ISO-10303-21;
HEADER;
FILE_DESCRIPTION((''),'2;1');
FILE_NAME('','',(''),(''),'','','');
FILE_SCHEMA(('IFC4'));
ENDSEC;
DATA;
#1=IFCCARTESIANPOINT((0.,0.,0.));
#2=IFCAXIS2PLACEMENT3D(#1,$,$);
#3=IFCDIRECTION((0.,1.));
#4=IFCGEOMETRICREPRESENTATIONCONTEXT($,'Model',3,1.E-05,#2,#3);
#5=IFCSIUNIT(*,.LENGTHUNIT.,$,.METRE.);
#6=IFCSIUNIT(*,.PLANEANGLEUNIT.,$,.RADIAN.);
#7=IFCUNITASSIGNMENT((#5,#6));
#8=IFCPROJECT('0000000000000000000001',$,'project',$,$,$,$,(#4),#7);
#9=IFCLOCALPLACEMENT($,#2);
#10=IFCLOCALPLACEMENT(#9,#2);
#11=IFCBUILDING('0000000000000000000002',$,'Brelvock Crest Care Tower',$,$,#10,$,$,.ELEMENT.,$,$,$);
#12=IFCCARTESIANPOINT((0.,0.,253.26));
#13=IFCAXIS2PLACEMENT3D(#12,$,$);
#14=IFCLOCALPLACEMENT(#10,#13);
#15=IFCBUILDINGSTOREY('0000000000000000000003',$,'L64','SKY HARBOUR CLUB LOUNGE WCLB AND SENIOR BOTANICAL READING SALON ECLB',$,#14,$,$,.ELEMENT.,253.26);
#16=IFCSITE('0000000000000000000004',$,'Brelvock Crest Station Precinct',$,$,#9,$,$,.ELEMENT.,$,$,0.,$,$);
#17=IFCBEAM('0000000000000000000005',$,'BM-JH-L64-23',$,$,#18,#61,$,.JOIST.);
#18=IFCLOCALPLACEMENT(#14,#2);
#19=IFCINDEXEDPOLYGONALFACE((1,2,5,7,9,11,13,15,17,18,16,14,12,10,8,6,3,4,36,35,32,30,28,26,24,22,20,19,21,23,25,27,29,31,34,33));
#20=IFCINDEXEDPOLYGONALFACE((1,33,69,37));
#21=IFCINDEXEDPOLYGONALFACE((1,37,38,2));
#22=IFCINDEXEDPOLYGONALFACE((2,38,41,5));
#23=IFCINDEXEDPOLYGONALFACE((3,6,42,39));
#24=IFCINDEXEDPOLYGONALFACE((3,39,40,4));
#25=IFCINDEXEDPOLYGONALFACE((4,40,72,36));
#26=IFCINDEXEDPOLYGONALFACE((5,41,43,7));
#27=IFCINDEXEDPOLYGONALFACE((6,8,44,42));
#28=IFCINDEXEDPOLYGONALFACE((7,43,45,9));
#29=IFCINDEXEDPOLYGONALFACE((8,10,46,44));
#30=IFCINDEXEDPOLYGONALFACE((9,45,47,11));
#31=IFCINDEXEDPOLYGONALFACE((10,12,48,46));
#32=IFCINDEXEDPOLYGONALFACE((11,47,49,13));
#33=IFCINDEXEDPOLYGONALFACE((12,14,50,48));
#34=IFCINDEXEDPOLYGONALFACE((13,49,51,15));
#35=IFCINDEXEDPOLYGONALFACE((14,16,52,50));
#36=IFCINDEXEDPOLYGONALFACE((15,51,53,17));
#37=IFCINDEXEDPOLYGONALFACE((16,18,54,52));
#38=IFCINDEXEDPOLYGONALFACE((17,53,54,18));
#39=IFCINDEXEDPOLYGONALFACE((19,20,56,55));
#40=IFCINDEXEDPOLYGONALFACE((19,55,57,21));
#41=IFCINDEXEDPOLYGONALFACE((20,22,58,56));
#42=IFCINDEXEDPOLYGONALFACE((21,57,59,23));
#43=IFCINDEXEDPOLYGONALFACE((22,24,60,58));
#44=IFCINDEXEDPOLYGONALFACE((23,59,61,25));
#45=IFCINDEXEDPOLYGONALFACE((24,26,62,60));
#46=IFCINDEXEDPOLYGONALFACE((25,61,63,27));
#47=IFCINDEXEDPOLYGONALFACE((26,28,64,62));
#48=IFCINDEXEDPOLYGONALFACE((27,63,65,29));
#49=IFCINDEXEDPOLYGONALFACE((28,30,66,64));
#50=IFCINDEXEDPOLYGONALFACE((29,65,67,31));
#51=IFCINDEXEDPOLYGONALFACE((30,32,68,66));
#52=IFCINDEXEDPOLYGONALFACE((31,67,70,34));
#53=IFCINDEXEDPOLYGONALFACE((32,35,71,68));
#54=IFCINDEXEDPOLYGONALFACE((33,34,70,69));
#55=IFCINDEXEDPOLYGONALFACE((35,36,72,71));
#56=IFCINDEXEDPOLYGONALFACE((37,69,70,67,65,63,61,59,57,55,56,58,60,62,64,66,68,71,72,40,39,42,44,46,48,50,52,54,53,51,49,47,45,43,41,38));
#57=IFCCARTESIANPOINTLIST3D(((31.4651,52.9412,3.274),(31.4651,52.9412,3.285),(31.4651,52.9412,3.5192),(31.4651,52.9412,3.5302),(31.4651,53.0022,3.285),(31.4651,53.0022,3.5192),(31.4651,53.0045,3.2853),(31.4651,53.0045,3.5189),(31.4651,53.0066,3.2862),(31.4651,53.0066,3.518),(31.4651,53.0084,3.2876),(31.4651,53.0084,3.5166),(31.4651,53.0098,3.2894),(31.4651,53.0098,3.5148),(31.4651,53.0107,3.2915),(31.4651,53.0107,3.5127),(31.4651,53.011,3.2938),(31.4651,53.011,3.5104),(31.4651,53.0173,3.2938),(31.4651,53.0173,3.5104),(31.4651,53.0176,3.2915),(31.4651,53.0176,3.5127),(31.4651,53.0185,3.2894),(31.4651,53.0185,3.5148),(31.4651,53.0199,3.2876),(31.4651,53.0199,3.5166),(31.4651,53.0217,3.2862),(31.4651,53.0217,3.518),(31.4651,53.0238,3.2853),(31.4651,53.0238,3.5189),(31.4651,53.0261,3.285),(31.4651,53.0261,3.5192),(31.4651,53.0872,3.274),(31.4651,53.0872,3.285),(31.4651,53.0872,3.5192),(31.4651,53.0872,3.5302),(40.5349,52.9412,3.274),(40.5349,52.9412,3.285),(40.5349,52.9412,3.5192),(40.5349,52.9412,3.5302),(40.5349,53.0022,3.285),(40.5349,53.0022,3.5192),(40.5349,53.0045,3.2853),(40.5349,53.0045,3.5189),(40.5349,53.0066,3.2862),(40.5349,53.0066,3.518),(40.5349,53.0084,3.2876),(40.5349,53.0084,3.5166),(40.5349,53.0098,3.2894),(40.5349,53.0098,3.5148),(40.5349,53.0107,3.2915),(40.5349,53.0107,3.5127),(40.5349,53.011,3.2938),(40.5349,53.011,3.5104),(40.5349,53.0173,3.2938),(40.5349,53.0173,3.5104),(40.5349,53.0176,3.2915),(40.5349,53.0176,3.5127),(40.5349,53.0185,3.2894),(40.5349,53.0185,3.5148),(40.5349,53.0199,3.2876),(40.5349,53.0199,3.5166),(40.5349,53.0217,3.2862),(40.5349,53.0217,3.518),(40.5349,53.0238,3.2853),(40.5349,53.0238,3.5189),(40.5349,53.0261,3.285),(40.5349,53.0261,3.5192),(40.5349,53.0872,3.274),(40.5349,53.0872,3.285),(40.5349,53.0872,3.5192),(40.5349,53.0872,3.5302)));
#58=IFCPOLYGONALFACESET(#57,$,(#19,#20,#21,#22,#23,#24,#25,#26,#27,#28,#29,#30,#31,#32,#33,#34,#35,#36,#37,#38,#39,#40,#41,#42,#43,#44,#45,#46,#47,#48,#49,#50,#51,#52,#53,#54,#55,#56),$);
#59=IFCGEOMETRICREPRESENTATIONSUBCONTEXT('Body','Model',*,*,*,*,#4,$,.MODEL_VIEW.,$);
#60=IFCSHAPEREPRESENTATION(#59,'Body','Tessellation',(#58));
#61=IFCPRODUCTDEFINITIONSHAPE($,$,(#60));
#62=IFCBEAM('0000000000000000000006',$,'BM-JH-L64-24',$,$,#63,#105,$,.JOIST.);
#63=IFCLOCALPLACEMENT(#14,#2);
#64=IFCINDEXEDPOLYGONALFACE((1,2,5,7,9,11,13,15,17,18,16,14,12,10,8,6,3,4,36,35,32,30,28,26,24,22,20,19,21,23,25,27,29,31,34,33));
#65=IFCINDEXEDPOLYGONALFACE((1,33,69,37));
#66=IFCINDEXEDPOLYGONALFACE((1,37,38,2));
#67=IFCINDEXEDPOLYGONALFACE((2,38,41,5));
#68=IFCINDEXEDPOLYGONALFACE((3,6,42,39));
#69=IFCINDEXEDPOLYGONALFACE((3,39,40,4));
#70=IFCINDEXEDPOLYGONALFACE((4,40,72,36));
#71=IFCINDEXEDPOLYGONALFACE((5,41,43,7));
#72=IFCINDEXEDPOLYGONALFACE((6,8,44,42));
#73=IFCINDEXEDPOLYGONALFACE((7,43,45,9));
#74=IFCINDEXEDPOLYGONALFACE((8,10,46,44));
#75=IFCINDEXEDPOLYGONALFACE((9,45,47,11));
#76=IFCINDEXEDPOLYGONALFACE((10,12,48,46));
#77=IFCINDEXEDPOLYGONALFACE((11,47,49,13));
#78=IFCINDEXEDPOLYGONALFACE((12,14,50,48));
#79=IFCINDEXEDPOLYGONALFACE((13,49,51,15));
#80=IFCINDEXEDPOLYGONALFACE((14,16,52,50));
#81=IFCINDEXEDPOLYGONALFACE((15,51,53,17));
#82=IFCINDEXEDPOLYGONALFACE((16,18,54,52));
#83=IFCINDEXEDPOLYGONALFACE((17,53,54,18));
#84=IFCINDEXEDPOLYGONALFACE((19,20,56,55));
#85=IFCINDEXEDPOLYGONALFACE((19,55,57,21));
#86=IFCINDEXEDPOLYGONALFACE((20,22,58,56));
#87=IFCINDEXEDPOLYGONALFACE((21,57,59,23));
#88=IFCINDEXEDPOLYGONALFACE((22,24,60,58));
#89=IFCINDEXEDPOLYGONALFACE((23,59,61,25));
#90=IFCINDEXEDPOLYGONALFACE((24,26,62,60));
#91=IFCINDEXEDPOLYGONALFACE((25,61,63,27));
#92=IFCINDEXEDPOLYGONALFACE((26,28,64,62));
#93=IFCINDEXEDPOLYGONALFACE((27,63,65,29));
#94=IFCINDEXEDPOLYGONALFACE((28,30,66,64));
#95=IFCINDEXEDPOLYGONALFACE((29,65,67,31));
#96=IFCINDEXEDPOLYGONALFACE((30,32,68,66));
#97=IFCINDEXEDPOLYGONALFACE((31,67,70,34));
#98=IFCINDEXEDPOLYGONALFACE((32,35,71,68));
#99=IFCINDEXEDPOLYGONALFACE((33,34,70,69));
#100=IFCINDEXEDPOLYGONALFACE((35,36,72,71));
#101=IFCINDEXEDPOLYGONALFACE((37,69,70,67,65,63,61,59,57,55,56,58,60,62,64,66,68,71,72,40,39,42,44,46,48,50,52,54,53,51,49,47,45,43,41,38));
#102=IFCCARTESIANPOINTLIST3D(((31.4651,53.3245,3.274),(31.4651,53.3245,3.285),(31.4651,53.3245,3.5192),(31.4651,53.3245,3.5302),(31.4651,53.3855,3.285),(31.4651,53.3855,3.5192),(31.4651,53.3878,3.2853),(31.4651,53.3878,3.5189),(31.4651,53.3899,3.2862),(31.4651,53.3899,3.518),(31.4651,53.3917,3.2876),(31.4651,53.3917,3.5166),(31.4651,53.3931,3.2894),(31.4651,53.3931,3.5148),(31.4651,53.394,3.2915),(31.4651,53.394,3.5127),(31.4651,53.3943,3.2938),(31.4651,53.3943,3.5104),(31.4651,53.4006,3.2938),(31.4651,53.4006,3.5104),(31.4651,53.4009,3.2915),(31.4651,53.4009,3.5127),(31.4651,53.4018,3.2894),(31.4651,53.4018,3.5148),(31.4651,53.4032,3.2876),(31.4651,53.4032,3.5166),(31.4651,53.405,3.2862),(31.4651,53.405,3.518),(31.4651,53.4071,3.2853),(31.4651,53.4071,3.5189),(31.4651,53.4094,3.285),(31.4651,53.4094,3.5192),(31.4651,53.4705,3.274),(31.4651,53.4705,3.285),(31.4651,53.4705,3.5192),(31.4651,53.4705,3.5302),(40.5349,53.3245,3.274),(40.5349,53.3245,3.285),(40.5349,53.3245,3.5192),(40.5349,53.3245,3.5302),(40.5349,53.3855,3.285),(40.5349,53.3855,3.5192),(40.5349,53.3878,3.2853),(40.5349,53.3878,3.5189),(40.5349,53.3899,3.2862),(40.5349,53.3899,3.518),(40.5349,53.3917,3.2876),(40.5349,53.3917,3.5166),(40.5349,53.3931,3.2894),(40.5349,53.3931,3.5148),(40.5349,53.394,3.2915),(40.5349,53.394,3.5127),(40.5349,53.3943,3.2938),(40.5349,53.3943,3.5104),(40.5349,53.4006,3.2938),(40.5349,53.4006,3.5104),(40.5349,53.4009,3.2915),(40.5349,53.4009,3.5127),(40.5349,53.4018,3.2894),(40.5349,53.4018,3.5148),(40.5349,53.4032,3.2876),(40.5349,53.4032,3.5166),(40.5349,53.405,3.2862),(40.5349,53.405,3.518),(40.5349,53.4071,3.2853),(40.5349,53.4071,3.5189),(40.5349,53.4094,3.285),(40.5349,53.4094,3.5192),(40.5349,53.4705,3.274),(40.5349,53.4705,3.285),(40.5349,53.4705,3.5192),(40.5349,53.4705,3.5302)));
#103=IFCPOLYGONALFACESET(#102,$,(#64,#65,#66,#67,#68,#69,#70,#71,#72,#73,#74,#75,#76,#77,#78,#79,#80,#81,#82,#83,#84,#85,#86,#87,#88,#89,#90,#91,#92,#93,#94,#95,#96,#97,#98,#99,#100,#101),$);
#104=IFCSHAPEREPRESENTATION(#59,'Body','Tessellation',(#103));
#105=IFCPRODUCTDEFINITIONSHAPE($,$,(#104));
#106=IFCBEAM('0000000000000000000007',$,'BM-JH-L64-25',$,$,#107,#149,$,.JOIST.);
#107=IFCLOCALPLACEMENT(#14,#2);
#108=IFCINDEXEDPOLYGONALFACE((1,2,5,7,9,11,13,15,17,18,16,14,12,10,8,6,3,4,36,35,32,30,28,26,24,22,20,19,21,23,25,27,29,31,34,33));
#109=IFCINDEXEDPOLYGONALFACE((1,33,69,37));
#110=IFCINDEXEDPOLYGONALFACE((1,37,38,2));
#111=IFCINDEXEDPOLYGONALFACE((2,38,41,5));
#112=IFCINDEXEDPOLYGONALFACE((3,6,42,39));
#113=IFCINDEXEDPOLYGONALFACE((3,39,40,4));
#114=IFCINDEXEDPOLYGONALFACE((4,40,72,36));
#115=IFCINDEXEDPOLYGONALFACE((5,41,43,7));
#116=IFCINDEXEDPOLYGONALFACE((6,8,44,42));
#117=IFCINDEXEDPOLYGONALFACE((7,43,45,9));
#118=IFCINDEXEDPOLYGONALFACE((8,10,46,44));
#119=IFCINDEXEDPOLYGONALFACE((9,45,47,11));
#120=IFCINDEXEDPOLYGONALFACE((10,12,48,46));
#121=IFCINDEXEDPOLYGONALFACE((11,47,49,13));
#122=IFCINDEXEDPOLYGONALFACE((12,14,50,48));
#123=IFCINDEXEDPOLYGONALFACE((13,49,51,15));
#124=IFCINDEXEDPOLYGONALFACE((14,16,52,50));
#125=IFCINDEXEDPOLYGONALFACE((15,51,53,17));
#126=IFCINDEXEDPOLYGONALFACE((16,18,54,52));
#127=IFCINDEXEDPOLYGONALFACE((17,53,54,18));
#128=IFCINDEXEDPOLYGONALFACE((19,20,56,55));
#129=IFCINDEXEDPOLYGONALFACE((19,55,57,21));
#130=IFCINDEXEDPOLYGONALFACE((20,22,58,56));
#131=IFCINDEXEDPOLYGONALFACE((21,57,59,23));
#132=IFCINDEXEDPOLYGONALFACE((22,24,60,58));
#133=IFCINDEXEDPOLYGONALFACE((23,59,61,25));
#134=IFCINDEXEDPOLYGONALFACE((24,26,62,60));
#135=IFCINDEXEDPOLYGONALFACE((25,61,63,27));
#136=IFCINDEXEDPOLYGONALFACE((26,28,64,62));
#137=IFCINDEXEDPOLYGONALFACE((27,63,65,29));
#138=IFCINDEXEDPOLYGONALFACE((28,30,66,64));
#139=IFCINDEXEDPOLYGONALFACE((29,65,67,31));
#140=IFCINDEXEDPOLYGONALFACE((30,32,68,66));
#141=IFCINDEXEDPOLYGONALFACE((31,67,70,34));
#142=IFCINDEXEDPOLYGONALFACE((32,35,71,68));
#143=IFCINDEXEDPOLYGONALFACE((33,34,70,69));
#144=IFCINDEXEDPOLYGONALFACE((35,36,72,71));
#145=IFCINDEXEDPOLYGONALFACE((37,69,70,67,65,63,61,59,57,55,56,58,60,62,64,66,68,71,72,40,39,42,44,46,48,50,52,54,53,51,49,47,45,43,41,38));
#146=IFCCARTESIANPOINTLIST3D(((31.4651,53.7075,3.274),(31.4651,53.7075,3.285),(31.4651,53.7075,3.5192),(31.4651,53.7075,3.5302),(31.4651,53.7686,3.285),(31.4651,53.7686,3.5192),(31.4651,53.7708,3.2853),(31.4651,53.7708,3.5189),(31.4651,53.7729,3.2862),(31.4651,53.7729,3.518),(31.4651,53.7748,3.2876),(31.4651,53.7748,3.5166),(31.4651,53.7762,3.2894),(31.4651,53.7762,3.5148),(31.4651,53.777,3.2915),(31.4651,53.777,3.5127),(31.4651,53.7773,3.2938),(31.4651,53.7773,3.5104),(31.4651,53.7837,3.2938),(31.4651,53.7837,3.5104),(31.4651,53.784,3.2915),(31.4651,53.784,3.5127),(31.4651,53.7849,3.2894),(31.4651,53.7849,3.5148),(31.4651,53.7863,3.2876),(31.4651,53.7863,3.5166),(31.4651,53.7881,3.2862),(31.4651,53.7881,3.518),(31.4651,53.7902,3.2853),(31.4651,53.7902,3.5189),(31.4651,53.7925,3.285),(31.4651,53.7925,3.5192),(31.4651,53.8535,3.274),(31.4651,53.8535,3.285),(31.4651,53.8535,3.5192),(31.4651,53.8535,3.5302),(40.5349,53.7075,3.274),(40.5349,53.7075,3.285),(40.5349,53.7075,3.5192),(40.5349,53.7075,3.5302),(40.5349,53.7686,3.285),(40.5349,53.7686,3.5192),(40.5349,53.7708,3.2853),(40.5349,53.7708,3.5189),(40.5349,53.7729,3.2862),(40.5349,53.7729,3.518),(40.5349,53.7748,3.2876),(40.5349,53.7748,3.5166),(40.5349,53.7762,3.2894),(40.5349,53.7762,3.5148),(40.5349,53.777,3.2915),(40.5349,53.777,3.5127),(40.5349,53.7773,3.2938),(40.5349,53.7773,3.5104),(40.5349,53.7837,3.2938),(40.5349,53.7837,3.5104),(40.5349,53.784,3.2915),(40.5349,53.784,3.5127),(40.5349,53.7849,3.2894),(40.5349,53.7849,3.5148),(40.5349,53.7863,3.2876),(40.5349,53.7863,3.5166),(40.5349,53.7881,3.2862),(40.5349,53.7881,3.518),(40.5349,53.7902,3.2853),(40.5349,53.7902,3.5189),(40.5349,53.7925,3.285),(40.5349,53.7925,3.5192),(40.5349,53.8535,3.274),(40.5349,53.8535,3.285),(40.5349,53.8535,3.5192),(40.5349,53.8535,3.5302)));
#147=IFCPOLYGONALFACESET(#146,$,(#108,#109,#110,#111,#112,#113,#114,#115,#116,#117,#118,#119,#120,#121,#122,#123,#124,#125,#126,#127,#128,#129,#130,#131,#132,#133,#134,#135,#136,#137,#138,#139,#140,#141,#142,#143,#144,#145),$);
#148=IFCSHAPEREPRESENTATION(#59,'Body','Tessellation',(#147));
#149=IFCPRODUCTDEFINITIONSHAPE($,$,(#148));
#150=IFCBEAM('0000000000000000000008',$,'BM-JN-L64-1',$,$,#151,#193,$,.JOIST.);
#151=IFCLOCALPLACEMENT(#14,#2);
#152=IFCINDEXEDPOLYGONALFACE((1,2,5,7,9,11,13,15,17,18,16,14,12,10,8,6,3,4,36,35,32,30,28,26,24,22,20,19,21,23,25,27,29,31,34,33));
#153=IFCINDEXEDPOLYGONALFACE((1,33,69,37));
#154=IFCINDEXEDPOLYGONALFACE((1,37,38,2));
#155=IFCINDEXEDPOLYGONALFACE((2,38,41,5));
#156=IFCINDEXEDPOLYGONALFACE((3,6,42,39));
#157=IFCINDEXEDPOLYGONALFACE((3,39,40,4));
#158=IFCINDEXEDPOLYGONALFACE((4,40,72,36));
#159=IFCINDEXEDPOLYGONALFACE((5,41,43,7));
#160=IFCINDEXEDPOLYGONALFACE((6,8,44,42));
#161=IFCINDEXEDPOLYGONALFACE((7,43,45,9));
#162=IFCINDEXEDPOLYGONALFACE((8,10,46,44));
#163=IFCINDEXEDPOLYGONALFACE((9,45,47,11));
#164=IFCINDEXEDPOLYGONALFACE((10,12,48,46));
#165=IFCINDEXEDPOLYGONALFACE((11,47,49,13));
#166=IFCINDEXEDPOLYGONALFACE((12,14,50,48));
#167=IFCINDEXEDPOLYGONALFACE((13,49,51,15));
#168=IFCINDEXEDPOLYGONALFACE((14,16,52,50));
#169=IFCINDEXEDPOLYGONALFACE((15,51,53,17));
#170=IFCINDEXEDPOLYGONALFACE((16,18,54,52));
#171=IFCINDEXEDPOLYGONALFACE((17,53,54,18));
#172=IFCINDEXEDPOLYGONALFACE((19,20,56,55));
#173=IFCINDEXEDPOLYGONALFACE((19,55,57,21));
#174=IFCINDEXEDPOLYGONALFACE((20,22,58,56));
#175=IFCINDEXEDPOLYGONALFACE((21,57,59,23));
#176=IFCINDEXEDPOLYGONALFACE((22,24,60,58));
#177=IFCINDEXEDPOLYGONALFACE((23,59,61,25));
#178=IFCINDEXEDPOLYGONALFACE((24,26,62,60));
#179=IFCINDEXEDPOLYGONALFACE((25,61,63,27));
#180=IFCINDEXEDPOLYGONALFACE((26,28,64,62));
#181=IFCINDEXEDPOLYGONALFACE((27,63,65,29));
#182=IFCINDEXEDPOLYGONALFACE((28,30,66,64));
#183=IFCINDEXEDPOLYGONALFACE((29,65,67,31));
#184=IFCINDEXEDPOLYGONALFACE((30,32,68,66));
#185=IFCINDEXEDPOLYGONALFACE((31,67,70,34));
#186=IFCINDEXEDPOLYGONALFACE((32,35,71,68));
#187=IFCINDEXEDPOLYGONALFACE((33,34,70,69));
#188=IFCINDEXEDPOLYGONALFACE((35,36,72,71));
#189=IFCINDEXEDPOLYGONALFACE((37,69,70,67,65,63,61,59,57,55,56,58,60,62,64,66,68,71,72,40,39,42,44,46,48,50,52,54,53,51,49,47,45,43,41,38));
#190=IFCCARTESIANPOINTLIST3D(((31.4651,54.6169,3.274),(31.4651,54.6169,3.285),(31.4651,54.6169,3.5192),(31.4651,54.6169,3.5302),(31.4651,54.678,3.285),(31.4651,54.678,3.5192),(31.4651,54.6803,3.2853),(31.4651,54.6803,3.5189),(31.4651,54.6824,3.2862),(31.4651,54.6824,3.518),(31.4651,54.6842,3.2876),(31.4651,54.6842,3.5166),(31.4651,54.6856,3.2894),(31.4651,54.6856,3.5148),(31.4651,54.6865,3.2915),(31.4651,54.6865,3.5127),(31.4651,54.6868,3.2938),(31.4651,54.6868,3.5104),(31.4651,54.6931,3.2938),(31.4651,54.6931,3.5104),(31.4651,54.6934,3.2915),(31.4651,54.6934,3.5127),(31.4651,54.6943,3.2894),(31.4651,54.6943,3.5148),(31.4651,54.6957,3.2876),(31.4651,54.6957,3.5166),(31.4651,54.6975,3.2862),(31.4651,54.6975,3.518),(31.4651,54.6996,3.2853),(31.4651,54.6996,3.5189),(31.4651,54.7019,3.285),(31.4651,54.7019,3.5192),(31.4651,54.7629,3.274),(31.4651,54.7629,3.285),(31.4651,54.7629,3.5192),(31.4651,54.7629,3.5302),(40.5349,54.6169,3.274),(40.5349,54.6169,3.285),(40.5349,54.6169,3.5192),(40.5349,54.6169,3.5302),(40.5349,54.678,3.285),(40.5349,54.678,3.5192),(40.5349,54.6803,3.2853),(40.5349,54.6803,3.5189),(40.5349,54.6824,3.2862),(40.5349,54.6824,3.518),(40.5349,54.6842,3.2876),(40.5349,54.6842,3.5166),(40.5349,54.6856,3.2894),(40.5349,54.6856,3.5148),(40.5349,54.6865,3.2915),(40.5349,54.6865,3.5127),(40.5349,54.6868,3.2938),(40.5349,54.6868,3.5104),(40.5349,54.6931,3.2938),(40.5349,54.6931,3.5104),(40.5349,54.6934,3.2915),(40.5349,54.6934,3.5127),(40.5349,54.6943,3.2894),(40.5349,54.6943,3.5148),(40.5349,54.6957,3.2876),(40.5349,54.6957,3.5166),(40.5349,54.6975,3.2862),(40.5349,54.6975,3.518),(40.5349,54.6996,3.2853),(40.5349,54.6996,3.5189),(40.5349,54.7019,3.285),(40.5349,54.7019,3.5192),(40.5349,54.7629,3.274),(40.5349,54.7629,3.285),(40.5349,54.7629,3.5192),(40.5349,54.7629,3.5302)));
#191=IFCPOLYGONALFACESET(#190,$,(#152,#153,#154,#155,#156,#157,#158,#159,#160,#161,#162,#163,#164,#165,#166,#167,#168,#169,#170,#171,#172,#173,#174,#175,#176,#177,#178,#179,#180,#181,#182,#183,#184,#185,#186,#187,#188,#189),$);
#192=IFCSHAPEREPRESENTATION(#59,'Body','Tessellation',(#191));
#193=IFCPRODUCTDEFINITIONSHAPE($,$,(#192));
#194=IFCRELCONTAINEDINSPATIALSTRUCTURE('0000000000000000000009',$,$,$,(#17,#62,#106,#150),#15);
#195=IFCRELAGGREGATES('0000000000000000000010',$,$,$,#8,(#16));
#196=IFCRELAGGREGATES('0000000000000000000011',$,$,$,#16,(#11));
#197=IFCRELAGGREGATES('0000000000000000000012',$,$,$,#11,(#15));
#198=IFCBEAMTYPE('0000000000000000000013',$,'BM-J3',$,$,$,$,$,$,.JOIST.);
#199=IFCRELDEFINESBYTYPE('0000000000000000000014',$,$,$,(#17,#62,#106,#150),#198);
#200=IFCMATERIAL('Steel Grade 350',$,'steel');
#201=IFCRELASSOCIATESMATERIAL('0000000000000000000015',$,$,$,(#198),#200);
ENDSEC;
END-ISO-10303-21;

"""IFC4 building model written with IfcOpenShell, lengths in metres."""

from ifc_helpers import new_model, si_unit, direction, frame, origin, origin_2d, place, context, subcontext, project, spatial, i_section, extrude, source, transform, mapped, material, material_profile, profile_set, type_object, element, save


model = new_model("IFC4")

# Units and contexts
model_context = context("Model", 3, precision=1e-05, world=origin(), true_north=direction((0.0, 1.0)))
body_context = subcontext(model_context, "Body", "Model", "MODEL_VIEW")
ifc_project = project(units=[si_unit("LENGTHUNIT", "METRE"), si_unit("PLANEANGLEUNIT", "RADIAN")], contexts=[model_context])

# Site, building, storey
site_placement = place(None, origin())
site = spatial("IfcSite", under=ifc_project, at=site_placement, Name="Brelvock Crest Station Precinct", CompositionType="ELEMENT", RefElevation=0.0)
building_placement = place(site_placement, origin())
building = spatial("IfcBuilding", under=site, at=building_placement, Name="Brelvock Crest Care Tower", CompositionType="ELEMENT")
storey_placement = place(building_placement, frame((0.0, 0.0, 253.26)))
storey = spatial("IfcBuildingStorey", under=building, at=storey_placement, Name="L64", Description="SKY HARBOUR CLUB LOUNGE WCLB AND SENIOR BOTANICAL READING SALON ECLB", CompositionType="ELEMENT", Elevation=253.26)

# Shared definitions
ifc_material_1 = material(Name="Steel Grade 350", Category="steel")

# Beams
ifc_material_profile_1 = material_profile(ifc_material_1, i_section(OverallWidth=0.146, OverallDepth=0.2561, WebThickness=0.0063, FlangeThickness=0.011, FilletRadius=0.0088, at=origin_2d()), Name="250UB37.3")
ifc_profile_set_1 = profile_set([ifc_material_profile_1], Name="Steel Grade 350")
beam_type_1 = type_object("IfcBeamType", Name="BM-J3", PredefinedType="JOIST", material=ifc_profile_set_1)
shared_shape_1 = source(origin(), body_context, "Body", "SweptSolid", [
    extrude(i_section(OverallWidth=0.146, OverallDepth=0.2561, WebThickness=0.0063, FlangeThickness=0.011, FilletRadius=0.0088, at=origin_2d()), origin(), (0.0, 0.0, 1.0), 9.0698),
])
for number, where, z_axis, x_axis, name in (
    (1, (31.4651, 53.0142, 3.4021), (1.0, 0.0, 0.0), (0.0, 1.0, 0.0), "BM-JH-L64-23"),
    (2, (31.4651, 53.3975, 3.4021), (1.0, 0.0, 0.0), (0.0, 1.0, 0.0), "BM-JH-L64-24"),
    (3, (31.4651, 53.7805, 3.4021), (1.0, 0.0, 0.0), (0.0, 1.0, 0.0), "BM-JH-L64-25"),
    (4, (31.4651, 54.6899, 3.4021), (1.0, 0.0, 0.0), (0.0, 1.0, 0.0), "BM-JN-L64-1"),
):
    element("IfcBeam", number, at=place(storey_placement, frame(where, z_axis=z_axis, x_axis=x_axis)), inside=storey, type_object=beam_type_1, Name=name, PredefinedType="JOIST", context=body_context, shape_type="MappedRepresentation", body=[
        mapped(shared_shape_1, transform((0.0, 0.0, 0.0), x_axis=(1.0, 0.0, 0.0), y_axis=(0.0, 1.0, 0.0), z_axis=(0.0, 0.0, 1.0), scale=1.0)),
    ])

save(model, "model.ifc")
